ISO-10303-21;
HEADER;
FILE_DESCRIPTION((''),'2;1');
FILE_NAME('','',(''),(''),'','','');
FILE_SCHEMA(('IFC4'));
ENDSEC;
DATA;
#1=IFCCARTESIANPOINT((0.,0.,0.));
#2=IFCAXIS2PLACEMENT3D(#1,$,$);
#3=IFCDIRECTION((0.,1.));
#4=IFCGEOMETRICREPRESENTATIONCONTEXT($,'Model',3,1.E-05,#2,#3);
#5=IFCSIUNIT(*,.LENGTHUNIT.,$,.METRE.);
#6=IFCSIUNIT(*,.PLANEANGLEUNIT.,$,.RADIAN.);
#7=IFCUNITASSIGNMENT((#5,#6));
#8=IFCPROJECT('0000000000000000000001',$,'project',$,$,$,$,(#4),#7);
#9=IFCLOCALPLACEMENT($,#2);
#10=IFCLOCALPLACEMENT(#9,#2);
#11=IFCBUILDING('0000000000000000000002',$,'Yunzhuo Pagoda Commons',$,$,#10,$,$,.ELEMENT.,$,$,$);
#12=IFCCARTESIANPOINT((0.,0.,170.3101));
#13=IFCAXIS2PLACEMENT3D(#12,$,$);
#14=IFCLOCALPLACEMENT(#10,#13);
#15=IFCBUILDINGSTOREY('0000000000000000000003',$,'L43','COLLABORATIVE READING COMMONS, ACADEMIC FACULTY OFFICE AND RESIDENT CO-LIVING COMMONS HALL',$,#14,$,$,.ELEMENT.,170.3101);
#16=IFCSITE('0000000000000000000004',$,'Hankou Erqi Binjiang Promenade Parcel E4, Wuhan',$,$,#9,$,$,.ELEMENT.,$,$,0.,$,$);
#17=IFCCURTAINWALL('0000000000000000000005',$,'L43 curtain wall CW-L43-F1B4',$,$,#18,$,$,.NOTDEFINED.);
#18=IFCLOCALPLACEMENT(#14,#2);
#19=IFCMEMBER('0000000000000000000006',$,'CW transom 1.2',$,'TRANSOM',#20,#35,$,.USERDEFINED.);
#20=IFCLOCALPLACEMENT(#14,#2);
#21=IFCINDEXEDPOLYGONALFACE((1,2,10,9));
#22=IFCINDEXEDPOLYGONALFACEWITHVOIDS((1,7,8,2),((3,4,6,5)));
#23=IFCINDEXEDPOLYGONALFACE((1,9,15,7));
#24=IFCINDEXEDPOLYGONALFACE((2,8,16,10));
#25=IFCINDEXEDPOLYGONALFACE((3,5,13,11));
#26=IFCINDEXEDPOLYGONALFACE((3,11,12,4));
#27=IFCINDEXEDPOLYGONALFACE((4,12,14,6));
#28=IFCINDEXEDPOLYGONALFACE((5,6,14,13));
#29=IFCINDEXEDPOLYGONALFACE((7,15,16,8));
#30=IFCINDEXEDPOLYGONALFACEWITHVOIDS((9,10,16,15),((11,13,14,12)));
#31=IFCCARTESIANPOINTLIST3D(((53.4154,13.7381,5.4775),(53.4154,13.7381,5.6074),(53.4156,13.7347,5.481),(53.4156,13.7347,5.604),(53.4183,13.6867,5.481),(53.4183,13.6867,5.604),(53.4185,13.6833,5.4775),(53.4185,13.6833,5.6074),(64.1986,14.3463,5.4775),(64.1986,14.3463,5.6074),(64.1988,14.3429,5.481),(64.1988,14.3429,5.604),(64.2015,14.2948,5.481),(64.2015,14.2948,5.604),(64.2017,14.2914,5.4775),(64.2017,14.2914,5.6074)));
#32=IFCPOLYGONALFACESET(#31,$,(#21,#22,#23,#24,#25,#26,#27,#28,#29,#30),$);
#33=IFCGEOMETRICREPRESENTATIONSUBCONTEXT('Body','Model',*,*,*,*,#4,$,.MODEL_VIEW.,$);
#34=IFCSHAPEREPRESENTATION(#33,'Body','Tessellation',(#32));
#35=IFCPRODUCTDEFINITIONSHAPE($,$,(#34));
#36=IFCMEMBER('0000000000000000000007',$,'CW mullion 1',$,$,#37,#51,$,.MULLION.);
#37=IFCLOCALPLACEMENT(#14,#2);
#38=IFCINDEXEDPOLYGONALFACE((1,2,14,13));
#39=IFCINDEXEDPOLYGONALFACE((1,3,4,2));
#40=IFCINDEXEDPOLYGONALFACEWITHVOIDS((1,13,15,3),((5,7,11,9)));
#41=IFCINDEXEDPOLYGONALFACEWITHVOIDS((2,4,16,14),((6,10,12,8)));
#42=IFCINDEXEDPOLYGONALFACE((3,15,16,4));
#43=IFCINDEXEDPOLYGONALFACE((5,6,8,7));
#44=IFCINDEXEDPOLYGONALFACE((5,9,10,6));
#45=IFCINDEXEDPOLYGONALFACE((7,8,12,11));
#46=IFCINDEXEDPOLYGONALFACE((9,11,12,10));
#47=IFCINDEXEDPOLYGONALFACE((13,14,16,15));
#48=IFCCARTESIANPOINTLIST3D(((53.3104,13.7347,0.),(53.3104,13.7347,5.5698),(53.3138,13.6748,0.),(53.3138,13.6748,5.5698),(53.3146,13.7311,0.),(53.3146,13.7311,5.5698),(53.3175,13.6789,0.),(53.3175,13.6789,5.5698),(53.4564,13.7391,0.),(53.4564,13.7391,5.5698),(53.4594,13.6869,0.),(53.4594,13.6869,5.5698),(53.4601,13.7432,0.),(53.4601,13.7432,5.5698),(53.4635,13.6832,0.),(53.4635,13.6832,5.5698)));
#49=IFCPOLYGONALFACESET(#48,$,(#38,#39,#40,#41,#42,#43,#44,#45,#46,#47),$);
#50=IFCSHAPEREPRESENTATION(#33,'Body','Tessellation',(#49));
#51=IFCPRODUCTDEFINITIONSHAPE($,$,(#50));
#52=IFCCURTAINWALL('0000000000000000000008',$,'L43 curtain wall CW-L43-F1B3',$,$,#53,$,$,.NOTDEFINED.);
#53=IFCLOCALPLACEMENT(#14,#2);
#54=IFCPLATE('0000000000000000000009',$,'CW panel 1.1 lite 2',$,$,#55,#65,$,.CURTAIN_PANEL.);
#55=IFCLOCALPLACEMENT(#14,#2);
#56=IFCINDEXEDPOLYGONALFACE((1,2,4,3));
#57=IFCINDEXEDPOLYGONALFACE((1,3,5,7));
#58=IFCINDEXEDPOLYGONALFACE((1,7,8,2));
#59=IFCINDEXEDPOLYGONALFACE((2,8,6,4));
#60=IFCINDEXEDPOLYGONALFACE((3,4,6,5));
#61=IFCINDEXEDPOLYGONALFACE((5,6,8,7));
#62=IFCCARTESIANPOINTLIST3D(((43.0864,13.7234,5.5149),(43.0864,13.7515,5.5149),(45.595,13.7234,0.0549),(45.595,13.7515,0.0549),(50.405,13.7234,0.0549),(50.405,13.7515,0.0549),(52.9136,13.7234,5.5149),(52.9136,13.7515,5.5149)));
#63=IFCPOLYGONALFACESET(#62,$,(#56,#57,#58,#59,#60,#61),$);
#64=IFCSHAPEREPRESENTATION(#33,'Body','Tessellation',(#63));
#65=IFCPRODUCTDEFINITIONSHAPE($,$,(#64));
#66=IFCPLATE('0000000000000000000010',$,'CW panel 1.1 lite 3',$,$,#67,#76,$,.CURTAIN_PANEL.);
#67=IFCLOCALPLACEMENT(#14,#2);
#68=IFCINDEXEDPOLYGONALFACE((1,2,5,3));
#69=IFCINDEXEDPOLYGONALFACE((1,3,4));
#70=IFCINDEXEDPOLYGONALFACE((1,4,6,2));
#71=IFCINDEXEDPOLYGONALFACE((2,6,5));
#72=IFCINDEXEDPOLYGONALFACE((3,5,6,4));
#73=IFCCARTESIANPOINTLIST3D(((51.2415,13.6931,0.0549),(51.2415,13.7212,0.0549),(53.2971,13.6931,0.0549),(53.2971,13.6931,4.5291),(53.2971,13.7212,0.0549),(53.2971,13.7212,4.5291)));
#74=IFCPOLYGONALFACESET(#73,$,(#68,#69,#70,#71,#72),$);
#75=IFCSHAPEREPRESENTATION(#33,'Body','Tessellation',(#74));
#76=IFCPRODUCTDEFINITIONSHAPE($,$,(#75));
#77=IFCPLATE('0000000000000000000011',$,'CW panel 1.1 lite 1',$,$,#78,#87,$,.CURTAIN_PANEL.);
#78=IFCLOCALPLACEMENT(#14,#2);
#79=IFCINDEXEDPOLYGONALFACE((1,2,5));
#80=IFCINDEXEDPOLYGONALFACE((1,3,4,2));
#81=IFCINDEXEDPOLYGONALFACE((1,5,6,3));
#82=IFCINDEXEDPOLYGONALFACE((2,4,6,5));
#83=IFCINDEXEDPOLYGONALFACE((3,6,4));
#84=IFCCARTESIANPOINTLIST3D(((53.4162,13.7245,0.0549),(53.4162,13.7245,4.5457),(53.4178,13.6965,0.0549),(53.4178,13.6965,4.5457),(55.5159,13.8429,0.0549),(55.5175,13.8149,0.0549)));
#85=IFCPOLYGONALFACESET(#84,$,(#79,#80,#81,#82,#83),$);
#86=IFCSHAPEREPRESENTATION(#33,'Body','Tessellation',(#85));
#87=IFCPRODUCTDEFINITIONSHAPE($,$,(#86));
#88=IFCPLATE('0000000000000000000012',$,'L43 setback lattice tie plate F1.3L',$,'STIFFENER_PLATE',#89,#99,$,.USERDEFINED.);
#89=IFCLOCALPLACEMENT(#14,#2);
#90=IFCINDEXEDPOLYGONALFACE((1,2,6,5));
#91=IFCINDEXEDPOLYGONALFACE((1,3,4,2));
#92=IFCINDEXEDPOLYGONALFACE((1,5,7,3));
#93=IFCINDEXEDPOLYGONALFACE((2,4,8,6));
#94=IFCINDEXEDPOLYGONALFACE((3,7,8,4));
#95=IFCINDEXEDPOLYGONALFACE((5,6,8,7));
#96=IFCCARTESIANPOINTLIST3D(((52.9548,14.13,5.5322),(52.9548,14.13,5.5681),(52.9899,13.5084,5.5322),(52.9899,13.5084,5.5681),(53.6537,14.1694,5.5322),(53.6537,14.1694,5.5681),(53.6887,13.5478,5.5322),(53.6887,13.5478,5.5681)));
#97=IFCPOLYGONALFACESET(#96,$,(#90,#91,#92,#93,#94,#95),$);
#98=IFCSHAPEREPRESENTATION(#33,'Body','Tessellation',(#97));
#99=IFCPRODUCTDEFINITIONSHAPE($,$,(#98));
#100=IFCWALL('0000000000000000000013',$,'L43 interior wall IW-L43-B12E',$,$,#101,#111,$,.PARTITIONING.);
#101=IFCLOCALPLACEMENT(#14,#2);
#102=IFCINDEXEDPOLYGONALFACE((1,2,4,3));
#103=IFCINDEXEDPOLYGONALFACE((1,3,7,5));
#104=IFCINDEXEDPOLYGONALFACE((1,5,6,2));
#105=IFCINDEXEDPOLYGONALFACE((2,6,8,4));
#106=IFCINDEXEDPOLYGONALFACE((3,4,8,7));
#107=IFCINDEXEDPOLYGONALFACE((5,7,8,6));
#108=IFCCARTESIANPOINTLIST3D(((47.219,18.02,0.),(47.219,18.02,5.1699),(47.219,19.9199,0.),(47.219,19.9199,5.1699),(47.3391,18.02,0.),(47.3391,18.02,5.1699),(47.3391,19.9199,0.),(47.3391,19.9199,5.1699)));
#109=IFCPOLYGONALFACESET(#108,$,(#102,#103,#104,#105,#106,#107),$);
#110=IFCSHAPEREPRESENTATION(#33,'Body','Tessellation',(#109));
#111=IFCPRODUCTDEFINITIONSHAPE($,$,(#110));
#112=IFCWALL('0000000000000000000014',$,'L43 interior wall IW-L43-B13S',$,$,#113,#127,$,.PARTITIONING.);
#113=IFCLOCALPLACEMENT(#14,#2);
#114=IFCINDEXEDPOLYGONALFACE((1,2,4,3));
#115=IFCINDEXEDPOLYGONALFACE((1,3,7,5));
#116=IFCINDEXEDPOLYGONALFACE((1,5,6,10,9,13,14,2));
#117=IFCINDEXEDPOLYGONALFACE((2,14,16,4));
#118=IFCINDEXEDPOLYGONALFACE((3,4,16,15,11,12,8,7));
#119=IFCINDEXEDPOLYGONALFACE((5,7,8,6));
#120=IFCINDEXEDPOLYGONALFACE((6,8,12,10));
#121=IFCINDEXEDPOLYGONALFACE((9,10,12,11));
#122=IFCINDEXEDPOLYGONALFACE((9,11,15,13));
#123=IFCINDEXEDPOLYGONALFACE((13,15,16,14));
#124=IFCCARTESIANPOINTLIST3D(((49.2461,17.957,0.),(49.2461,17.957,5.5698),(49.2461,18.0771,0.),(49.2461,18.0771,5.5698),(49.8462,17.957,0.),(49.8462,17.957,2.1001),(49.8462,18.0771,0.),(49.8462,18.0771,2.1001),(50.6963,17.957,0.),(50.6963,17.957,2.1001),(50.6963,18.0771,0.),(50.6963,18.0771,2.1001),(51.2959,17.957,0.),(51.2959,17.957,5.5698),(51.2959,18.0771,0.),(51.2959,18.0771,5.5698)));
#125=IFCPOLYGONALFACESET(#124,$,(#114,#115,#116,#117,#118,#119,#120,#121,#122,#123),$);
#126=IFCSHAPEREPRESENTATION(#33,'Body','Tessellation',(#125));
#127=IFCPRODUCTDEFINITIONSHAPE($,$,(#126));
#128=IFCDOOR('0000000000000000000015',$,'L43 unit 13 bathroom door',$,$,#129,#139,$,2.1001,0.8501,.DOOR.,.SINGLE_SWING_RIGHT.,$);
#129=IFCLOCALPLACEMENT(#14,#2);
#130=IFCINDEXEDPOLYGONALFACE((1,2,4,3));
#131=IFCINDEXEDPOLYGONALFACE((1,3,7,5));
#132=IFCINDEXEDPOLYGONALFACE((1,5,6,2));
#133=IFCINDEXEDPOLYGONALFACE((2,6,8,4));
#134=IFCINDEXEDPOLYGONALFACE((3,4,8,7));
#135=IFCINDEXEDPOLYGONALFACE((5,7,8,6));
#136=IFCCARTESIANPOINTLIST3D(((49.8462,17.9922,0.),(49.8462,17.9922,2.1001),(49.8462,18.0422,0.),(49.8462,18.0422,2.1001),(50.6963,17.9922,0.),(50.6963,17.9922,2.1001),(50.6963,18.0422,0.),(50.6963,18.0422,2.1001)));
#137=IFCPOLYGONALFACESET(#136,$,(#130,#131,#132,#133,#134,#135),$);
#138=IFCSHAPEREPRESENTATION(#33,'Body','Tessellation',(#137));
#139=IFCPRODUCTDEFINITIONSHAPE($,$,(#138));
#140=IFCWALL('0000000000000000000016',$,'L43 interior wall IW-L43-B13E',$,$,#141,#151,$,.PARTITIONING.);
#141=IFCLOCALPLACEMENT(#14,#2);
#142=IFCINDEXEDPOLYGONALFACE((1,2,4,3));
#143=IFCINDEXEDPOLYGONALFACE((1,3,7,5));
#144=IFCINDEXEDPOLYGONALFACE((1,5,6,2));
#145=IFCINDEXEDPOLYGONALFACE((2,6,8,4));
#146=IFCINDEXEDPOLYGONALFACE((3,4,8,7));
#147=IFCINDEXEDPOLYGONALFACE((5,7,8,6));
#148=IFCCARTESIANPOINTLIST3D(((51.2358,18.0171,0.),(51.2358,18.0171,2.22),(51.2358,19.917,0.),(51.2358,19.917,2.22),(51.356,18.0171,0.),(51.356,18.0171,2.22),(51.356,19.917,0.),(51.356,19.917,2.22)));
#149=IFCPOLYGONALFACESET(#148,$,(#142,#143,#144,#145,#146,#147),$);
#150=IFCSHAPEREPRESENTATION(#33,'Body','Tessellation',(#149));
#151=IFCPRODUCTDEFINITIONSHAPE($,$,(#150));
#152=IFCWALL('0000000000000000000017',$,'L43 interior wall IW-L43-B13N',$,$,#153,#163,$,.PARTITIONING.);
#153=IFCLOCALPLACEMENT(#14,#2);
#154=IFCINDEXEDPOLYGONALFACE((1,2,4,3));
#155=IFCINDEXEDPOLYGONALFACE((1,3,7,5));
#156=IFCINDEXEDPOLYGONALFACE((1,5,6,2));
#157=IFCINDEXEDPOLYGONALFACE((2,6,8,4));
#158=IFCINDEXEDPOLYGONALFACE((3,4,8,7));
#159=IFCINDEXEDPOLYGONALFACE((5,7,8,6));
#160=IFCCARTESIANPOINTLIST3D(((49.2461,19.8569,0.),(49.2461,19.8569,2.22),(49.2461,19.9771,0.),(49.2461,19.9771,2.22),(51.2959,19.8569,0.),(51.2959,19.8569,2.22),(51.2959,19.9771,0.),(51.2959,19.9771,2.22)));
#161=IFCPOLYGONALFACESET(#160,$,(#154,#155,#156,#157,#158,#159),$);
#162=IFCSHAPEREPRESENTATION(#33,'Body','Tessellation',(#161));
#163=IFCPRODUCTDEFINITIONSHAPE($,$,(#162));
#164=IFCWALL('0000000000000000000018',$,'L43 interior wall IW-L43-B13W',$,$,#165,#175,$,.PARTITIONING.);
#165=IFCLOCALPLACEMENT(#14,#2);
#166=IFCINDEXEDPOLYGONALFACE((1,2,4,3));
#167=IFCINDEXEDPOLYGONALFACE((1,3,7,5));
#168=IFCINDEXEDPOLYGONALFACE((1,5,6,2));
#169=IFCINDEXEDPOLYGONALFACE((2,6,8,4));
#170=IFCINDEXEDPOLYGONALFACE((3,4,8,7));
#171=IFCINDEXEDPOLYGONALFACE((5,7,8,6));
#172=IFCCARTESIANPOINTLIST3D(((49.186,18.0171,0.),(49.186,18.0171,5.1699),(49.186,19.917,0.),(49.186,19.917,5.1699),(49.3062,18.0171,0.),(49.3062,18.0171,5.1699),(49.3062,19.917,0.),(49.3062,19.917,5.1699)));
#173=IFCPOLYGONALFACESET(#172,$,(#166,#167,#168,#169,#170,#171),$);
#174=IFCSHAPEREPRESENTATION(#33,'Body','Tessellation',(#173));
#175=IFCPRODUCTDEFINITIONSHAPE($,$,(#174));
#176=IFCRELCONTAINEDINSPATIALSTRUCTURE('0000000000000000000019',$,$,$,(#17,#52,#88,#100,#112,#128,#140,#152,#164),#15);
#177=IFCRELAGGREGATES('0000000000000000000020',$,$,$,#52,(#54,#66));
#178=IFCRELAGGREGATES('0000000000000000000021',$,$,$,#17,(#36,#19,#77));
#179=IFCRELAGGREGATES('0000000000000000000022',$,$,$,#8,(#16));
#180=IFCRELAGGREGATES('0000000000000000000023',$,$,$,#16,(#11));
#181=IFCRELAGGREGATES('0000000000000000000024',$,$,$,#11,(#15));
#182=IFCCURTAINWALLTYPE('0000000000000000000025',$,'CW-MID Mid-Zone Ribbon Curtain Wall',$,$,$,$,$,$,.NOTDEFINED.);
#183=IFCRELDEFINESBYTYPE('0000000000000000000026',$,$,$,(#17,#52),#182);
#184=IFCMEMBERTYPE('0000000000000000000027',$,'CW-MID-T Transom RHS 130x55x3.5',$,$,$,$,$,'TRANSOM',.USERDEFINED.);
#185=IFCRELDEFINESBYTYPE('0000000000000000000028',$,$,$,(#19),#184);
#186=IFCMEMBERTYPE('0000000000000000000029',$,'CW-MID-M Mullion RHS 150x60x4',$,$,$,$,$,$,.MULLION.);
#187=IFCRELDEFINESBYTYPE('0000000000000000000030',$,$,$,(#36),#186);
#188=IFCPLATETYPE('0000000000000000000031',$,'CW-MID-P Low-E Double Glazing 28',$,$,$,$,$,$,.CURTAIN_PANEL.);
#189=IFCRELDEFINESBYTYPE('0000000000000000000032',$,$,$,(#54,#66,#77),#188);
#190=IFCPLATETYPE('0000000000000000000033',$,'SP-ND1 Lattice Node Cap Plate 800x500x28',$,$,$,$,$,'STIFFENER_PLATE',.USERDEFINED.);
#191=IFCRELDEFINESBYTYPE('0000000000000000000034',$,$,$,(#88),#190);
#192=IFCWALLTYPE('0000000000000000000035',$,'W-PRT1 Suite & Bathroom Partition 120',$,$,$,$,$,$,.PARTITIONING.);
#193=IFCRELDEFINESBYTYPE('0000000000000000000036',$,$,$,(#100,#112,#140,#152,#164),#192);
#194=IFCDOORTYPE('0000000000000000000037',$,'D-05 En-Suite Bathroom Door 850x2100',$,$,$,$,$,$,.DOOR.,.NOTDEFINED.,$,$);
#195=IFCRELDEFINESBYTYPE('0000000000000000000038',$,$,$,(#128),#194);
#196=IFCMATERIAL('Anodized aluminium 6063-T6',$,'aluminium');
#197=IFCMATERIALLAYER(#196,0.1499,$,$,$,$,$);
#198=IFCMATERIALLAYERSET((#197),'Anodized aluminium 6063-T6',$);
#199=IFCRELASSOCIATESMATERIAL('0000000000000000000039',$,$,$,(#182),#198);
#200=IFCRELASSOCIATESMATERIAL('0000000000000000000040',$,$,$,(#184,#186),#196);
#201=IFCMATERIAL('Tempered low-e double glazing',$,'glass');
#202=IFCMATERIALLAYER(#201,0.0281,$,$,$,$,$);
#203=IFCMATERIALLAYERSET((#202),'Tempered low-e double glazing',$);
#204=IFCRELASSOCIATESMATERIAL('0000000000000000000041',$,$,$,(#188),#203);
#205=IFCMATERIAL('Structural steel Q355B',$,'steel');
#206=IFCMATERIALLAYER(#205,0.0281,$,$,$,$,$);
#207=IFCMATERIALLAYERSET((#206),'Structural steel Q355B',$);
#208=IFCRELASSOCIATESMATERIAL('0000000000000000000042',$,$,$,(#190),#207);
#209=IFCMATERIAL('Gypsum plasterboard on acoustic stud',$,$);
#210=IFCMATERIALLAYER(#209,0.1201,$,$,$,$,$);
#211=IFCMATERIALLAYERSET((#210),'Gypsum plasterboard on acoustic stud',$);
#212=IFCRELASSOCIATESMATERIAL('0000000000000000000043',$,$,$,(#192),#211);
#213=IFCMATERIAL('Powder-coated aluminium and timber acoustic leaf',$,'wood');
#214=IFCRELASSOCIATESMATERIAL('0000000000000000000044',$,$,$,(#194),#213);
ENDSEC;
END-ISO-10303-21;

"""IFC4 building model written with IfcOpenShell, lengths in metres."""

from ifc_helpers import new_model, si_unit, direction, frame, frame_2d, origin, origin_2d, place, context, subcontext, project, spatial, polyline, rectangle, hollow_rectangle, outline, extrude, source, transform, mapped, material, layer, layer_set, material_profile, profile_set, type_object, element, fill, aggregate, save


model = new_model("IFC4")

# Units and contexts
model_context = context("Model", 3, precision=1e-05, world=origin(), true_north=direction((0.0, 1.0)))
body_context = subcontext(model_context, "Body", "Model", "MODEL_VIEW")
ifc_project = project(units=[si_unit("LENGTHUNIT", "METRE"), si_unit("PLANEANGLEUNIT", "RADIAN")], contexts=[model_context])

# Site, building, storey
site_placement = place(None, origin())
site = spatial("IfcSite", under=ifc_project, at=site_placement, Name="Hankou Erqi Binjiang Promenade Parcel E4, Wuhan", CompositionType="ELEMENT", RefElevation=0.0)
building_placement = place(site_placement, origin())
building = spatial("IfcBuilding", under=site, at=building_placement, Name="Yunzhuo Pagoda Commons", CompositionType="ELEMENT")
storey_placement = place(building_placement, frame((0.0, 0.0, 170.3101)))
storey = spatial("IfcBuildingStorey", under=building, at=storey_placement, Name="L43", Description="COLLABORATIVE READING COMMONS, ACADEMIC FACULTY OFFICE AND RESIDENT CO-LIVING COMMONS HALL", CompositionType="ELEMENT", Elevation=170.3101)

# Shared definitions
ifc_material_1 = material(Name="Structural steel Q355B", Category="steel")

# Curtain wall, members
ifc_material_2 = material(Name="Anodized aluminium 6063-T6", Category="aluminium")
ifc_layer_1 = layer(ifc_material_2, 0.1499)
ifc_layer_set_1 = layer_set([ifc_layer_1], Name="Anodized aluminium 6063-T6")
curtain_wall_type = type_object("IfcCurtainWallType", Name="CW-MID Mid-Zone Ribbon Curtain Wall", PredefinedType="NOTDEFINED", material=ifc_layer_set_1)
curtain_wall_1_placement = place(storey_placement, origin())
curtain_wall_1 = element("IfcCurtainWall", 1, at=curtain_wall_1_placement, inside=storey, type_object=curtain_wall_type, Name="L43 curtain wall CW-L43-F1B4", PredefinedType="NOTDEFINED")
ifc_material_profile_1 = material_profile(ifc_material_2, hollow_rectangle(XDim=0.0549, YDim=0.1299, WallThickness=0.0034, at=origin_2d()), Name="Anodized aluminium 6063-T6")
ifc_profile_set_1 = profile_set([ifc_material_profile_1], Name="Anodized aluminium 6063-T6")
member_type_1 = type_object("IfcMemberType", Name="CW-MID-T Transom RHS 130x55x3.5", ElementType="TRANSOM", PredefinedType="USERDEFINED", material=ifc_profile_set_1)
shared_shape_1 = source(origin(), body_context, "Body", "SweptSolid", [
    extrude(hollow_rectangle(XDim=0.0549, YDim=0.1299, WallThickness=0.0034, at=origin_2d()), origin(), (0.0, 0.0, 1.0), 10.8003),
])
member_1_placement = place(storey_placement, frame((53.417, 13.7107, 5.5425), z_axis=(0.998413, 0.056309, 0.0), x_axis=(-0.056309, 0.998413, 0.0)))
member_1 = element("IfcMember", 2, at=member_1_placement, type_object=member_type_1, Name="CW transom 1.2", ObjectType="TRANSOM", PredefinedType="USERDEFINED", context=body_context, shape_type="MappedRepresentation", body=[
    mapped(shared_shape_1, transform((0.0, 0.0, 0.0), scale=1.0)),
])
ifc_material_profile_2 = material_profile(ifc_material_2, hollow_rectangle(XDim=0.0601, YDim=0.1499, WallThickness=0.0039, at=origin_2d()), Name="Anodized aluminium 6063-T6")
ifc_profile_set_2 = profile_set([ifc_material_profile_2], Name="Anodized aluminium 6063-T6")
member_type_2 = type_object("IfcMemberType", Name="CW-MID-M Mullion RHS 150x60x4", PredefinedType="MULLION", material=ifc_profile_set_2)
shared_shape_2 = source(origin(), body_context, "Body", "SweptSolid", [
    extrude(hollow_rectangle(XDim=0.0601, YDim=0.1499, WallThickness=0.0039, at=origin_2d()), origin(), (0.0, 0.0, 1.0), 5.5698),
])
member_2_placement = place(storey_placement, frame((53.387, 13.709, 0.0), z_axis=(0.0, 0.0, 1.0), x_axis=(-0.056299, 0.998414, 0.0)))
member_2 = element("IfcMember", 3, at=member_2_placement, type_object=member_type_2, Name="CW mullion 1", PredefinedType="MULLION", context=body_context, shape_type="MappedRepresentation", body=[
    mapped(shared_shape_2, transform((0.0, 0.0, 0.0), scale=1.0)),
])

# Curtain wall, plates
curtain_wall_2_placement = place(storey_placement, origin())
curtain_wall_2 = element("IfcCurtainWall", 4, at=curtain_wall_2_placement, inside=storey, type_object=curtain_wall_type, Name="L43 curtain wall CW-L43-F1B3", PredefinedType="NOTDEFINED")
ifc_material_3 = material(Name="Tempered low-e double glazing", Category="glass")
ifc_layer_2 = layer(ifc_material_3, 0.0281)
ifc_layer_set_2 = layer_set([ifc_layer_2], Name="Tempered low-e double glazing")
plate_type_1 = type_object("IfcPlateType", Name="CW-MID-P Low-E Double Glazing 28", PredefinedType="CURTAIN_PANEL", material=ifc_layer_set_2)
plate_1_placement = place(storey_placement, frame((48.0, 13.7515, 2.7849), z_axis=(0.0, -1.0, 0.0), x_axis=(1.0, 0.0, 0.0)))
plate_1 = element("IfcPlate", 5, at=plate_1_placement, type_object=plate_type_1, Name="CW panel 1.1 lite 2", PredefinedType="CURTAIN_PANEL", context=body_context, shape_type="SweptSolid", body=[
    extrude(outline(polyline([(-4.9136, 2.73), (-2.405, -2.73), (2.405, -2.73), (4.9136, 2.73), (-4.9136, 2.73)])), origin(), (0.0, 0.0, 1.0), 0.0281),
])
plate_2_placement = place(storey_placement, frame((52.2693, 13.7212, 2.292), z_axis=(0.0, -1.0, 0.0), x_axis=(1.0, 0.0, 0.0)))
plate_2 = element("IfcPlate", 6, at=plate_2_placement, type_object=plate_type_1, Name="CW panel 1.1 lite 3", PredefinedType="CURTAIN_PANEL", context=body_context, shape_type="SweptSolid", body=[
    extrude(outline(polyline([(-1.0278, -2.2371), (1.0278, -2.2371), (1.0278, 2.2371), (-1.0278, -2.2371)])), origin(), (0.0, 0.0, 1.0), 0.0281),
])
aggregate(curtain_wall_2, [plate_1, plate_2])

# Plates
plate_3_placement = place(storey_placement, frame((54.4661, 13.7837, 2.3003), z_axis=(0.056299, -0.998414, 0.0), x_axis=(0.998414, 0.056299, 0.0)))
plate_3 = element("IfcPlate", 7, at=plate_3_placement, type_object=plate_type_1, Name="CW panel 1.1 lite 1", PredefinedType="CURTAIN_PANEL", context=body_context, shape_type="SweptSolid", body=[
    extrude(outline(polyline([(-1.0515, -2.2454), (1.0515, -2.2454), (-1.0515, 2.2454), (-1.0515, -2.2454)])), origin(), (0.0, 0.0, 1.0), 0.0281),
])
aggregate(curtain_wall_1, [member_2, member_1, plate_3])
ifc_layer_3 = layer(ifc_material_1, 0.0281)
ifc_layer_set_3 = layer_set([ifc_layer_3], Name="Structural steel Q355B")
plate_type_2 = type_object("IfcPlateType", Name="SP-ND1 Lattice Node Cap Plate 800x500x28", ElementType="STIFFENER_PLATE", PredefinedType="USERDEFINED", material=ifc_layer_set_3)
shared_shape_3 = source(origin(), body_context, "Body", "SweptSolid", [
    extrude(rectangle(XDim=0.7, YDim=0.6226, at=origin_2d()), origin(), (0.0, 0.0, 1.0), 0.0359),
])
plate_4_placement = place(storey_placement, frame((53.3218, 13.8389, 5.5322), z_axis=(0.0, 0.0, 1.0), x_axis=(0.998414, 0.056292, 0.0)))
element("IfcPlate", 8, at=plate_4_placement, inside=storey, type_object=plate_type_2, Name="L43 setback lattice tie plate F1.3L", ObjectType="STIFFENER_PLATE", PredefinedType="USERDEFINED", context=body_context, shape_type="MappedRepresentation", body=[
    mapped(shared_shape_3, transform((0.0, 0.0, 0.0), scale=1.0)),
])

# Wall
ifc_material_4 = material(Name="Gypsum plasterboard on acoustic stud")
ifc_layer_4 = layer(ifc_material_4, 0.1201)
ifc_layer_set_4 = layer_set([ifc_layer_4], Name="Gypsum plasterboard on acoustic stud")
wall_type = type_object("IfcWallType", Name="W-PRT1 Suite & Bathroom Partition 120", PredefinedType="PARTITIONING", material=ifc_layer_set_4)
wall_1_placement = place(storey_placement, frame((47.2791, 18.02, 0.0), z_axis=(0.0, 0.0, 1.0), x_axis=(0.0, 1.0, 0.0)))
element("IfcWall", 9, at=wall_1_placement, inside=storey, type_object=wall_type, Name="L43 interior wall IW-L43-B12E", PredefinedType="PARTITIONING", context=body_context, shape_type="SweptSolid", body=[
    extrude(rectangle(XDim=1.8999, YDim=0.1201, at=frame_2d((0.95, 0.0))), origin(), (0.0, 0.0, 1.0), 5.1699),
])

# Wall, opening, door
wall_2_placement = place(storey_placement, frame((49.2461, 18.0171, 0.0), z_axis=(0.0, 0.0, 1.0), x_axis=(1.0, 0.0, 0.0)))
wall_2 = element("IfcWall", 10, at=wall_2_placement, inside=storey, type_object=wall_type, Name="L43 interior wall IW-L43-B13S", PredefinedType="PARTITIONING", context=body_context, shape_type="SweptSolid", body=[
    extrude(rectangle(XDim=2.0498, YDim=0.1201, at=frame_2d((1.0249, 0.0))), origin(), (0.0, 0.0, 1.0), 5.5698),
])
opening_1_placement = place(wall_2_placement, frame((0.6001, 0.0, 0.0)))
opening_1 = element("IfcOpeningElement", 11, at=opening_1_placement, cuts=wall_2, PredefinedType="OPENING", context=body_context, shape_type="SweptSolid", body=[
    extrude(rectangle(XDim=0.8501, YDim=2.1001, at=frame_2d((0.425, 1.05))), frame((0.0, 0.0701, 0.0), z_axis=(0.0, -1.0, 0.0), x_axis=(1.0, 0.0, 0.0)), (0.0, 0.0, 1.0), 0.1401),
])
ifc_material_5 = material(Name="Powder-coated aluminium and timber acoustic leaf", Category="wood")
door_type_1 = type_object("IfcDoorType", Name="D-05 En-Suite Bathroom Door 850x2100", OperationType="NOTDEFINED", PredefinedType="DOOR", material=ifc_material_5)
shared_shape_4 = source(origin(), body_context, "Body", "SweptSolid", [
    extrude(rectangle(XDim=0.8501, YDim=2.1001, at=frame_2d((0.425, 1.05))), frame((0.0, 0.0249, 0.0), z_axis=(0.0, -1.0, 0.0), x_axis=(1.0, 0.0, 0.0)), (0.0, 0.0, 1.0), 0.05),
])
door_1_placement = place(opening_1_placement, frame((0.8501, 0.0, 0.0), z_axis=(0.0, 0.0, 1.0), x_axis=(-1.0, 0.0, 0.0)))
door_1 = element("IfcDoor", 12, at=door_1_placement, inside=storey, type_object=door_type_1, Name="L43 unit 13 bathroom door", OperationType="SINGLE_SWING_RIGHT", OverallHeight=2.1001, OverallWidth=0.8501, PredefinedType="DOOR", context=body_context, shape_type="MappedRepresentation", body=[
    mapped(shared_shape_4, transform((0.0, 0.0, 0.0), scale=1.0)),
])
fill(opening_1, door_1)

# Walls
wall_3_placement = place(storey_placement, frame((51.2959, 18.0171, 0.0), z_axis=(0.0, 0.0, 1.0), x_axis=(0.0, 1.0, 0.0)))
element("IfcWall", 13, at=wall_3_placement, inside=storey, type_object=wall_type, Name="L43 interior wall IW-L43-B13E", PredefinedType="PARTITIONING", context=body_context, shape_type="SweptSolid", body=[
    extrude(rectangle(XDim=1.8999, YDim=0.1201, at=frame_2d((0.95, 0.0))), origin(), (0.0, 0.0, 1.0), 2.22),
])
wall_4_placement = place(storey_placement, frame((51.2959, 19.917, 0.0), z_axis=(0.0, 0.0, 1.0), x_axis=(-1.0, 0.0, 0.0)))
element("IfcWall", 14, at=wall_4_placement, inside=storey, type_object=wall_type, Name="L43 interior wall IW-L43-B13N", PredefinedType="PARTITIONING", context=body_context, shape_type="SweptSolid", body=[
    extrude(rectangle(XDim=2.0498, YDim=0.1201, at=frame_2d((1.0249, 0.0))), origin(), (0.0, 0.0, 1.0), 2.22),
])
wall_5_placement = place(storey_placement, frame((49.2461, 19.917, 0.0), z_axis=(0.0, 0.0, 1.0), x_axis=(0.0, -1.0, 0.0)))
element("IfcWall", 15, at=wall_5_placement, inside=storey, type_object=wall_type, Name="L43 interior wall IW-L43-B13W", PredefinedType="PARTITIONING", context=body_context, shape_type="SweptSolid", body=[
    extrude(rectangle(XDim=1.8999, YDim=0.1201, at=frame_2d((0.95, 0.0))), origin(), (0.0, 0.0, 1.0), 5.1699),
])

save(model, "model.ifc")
